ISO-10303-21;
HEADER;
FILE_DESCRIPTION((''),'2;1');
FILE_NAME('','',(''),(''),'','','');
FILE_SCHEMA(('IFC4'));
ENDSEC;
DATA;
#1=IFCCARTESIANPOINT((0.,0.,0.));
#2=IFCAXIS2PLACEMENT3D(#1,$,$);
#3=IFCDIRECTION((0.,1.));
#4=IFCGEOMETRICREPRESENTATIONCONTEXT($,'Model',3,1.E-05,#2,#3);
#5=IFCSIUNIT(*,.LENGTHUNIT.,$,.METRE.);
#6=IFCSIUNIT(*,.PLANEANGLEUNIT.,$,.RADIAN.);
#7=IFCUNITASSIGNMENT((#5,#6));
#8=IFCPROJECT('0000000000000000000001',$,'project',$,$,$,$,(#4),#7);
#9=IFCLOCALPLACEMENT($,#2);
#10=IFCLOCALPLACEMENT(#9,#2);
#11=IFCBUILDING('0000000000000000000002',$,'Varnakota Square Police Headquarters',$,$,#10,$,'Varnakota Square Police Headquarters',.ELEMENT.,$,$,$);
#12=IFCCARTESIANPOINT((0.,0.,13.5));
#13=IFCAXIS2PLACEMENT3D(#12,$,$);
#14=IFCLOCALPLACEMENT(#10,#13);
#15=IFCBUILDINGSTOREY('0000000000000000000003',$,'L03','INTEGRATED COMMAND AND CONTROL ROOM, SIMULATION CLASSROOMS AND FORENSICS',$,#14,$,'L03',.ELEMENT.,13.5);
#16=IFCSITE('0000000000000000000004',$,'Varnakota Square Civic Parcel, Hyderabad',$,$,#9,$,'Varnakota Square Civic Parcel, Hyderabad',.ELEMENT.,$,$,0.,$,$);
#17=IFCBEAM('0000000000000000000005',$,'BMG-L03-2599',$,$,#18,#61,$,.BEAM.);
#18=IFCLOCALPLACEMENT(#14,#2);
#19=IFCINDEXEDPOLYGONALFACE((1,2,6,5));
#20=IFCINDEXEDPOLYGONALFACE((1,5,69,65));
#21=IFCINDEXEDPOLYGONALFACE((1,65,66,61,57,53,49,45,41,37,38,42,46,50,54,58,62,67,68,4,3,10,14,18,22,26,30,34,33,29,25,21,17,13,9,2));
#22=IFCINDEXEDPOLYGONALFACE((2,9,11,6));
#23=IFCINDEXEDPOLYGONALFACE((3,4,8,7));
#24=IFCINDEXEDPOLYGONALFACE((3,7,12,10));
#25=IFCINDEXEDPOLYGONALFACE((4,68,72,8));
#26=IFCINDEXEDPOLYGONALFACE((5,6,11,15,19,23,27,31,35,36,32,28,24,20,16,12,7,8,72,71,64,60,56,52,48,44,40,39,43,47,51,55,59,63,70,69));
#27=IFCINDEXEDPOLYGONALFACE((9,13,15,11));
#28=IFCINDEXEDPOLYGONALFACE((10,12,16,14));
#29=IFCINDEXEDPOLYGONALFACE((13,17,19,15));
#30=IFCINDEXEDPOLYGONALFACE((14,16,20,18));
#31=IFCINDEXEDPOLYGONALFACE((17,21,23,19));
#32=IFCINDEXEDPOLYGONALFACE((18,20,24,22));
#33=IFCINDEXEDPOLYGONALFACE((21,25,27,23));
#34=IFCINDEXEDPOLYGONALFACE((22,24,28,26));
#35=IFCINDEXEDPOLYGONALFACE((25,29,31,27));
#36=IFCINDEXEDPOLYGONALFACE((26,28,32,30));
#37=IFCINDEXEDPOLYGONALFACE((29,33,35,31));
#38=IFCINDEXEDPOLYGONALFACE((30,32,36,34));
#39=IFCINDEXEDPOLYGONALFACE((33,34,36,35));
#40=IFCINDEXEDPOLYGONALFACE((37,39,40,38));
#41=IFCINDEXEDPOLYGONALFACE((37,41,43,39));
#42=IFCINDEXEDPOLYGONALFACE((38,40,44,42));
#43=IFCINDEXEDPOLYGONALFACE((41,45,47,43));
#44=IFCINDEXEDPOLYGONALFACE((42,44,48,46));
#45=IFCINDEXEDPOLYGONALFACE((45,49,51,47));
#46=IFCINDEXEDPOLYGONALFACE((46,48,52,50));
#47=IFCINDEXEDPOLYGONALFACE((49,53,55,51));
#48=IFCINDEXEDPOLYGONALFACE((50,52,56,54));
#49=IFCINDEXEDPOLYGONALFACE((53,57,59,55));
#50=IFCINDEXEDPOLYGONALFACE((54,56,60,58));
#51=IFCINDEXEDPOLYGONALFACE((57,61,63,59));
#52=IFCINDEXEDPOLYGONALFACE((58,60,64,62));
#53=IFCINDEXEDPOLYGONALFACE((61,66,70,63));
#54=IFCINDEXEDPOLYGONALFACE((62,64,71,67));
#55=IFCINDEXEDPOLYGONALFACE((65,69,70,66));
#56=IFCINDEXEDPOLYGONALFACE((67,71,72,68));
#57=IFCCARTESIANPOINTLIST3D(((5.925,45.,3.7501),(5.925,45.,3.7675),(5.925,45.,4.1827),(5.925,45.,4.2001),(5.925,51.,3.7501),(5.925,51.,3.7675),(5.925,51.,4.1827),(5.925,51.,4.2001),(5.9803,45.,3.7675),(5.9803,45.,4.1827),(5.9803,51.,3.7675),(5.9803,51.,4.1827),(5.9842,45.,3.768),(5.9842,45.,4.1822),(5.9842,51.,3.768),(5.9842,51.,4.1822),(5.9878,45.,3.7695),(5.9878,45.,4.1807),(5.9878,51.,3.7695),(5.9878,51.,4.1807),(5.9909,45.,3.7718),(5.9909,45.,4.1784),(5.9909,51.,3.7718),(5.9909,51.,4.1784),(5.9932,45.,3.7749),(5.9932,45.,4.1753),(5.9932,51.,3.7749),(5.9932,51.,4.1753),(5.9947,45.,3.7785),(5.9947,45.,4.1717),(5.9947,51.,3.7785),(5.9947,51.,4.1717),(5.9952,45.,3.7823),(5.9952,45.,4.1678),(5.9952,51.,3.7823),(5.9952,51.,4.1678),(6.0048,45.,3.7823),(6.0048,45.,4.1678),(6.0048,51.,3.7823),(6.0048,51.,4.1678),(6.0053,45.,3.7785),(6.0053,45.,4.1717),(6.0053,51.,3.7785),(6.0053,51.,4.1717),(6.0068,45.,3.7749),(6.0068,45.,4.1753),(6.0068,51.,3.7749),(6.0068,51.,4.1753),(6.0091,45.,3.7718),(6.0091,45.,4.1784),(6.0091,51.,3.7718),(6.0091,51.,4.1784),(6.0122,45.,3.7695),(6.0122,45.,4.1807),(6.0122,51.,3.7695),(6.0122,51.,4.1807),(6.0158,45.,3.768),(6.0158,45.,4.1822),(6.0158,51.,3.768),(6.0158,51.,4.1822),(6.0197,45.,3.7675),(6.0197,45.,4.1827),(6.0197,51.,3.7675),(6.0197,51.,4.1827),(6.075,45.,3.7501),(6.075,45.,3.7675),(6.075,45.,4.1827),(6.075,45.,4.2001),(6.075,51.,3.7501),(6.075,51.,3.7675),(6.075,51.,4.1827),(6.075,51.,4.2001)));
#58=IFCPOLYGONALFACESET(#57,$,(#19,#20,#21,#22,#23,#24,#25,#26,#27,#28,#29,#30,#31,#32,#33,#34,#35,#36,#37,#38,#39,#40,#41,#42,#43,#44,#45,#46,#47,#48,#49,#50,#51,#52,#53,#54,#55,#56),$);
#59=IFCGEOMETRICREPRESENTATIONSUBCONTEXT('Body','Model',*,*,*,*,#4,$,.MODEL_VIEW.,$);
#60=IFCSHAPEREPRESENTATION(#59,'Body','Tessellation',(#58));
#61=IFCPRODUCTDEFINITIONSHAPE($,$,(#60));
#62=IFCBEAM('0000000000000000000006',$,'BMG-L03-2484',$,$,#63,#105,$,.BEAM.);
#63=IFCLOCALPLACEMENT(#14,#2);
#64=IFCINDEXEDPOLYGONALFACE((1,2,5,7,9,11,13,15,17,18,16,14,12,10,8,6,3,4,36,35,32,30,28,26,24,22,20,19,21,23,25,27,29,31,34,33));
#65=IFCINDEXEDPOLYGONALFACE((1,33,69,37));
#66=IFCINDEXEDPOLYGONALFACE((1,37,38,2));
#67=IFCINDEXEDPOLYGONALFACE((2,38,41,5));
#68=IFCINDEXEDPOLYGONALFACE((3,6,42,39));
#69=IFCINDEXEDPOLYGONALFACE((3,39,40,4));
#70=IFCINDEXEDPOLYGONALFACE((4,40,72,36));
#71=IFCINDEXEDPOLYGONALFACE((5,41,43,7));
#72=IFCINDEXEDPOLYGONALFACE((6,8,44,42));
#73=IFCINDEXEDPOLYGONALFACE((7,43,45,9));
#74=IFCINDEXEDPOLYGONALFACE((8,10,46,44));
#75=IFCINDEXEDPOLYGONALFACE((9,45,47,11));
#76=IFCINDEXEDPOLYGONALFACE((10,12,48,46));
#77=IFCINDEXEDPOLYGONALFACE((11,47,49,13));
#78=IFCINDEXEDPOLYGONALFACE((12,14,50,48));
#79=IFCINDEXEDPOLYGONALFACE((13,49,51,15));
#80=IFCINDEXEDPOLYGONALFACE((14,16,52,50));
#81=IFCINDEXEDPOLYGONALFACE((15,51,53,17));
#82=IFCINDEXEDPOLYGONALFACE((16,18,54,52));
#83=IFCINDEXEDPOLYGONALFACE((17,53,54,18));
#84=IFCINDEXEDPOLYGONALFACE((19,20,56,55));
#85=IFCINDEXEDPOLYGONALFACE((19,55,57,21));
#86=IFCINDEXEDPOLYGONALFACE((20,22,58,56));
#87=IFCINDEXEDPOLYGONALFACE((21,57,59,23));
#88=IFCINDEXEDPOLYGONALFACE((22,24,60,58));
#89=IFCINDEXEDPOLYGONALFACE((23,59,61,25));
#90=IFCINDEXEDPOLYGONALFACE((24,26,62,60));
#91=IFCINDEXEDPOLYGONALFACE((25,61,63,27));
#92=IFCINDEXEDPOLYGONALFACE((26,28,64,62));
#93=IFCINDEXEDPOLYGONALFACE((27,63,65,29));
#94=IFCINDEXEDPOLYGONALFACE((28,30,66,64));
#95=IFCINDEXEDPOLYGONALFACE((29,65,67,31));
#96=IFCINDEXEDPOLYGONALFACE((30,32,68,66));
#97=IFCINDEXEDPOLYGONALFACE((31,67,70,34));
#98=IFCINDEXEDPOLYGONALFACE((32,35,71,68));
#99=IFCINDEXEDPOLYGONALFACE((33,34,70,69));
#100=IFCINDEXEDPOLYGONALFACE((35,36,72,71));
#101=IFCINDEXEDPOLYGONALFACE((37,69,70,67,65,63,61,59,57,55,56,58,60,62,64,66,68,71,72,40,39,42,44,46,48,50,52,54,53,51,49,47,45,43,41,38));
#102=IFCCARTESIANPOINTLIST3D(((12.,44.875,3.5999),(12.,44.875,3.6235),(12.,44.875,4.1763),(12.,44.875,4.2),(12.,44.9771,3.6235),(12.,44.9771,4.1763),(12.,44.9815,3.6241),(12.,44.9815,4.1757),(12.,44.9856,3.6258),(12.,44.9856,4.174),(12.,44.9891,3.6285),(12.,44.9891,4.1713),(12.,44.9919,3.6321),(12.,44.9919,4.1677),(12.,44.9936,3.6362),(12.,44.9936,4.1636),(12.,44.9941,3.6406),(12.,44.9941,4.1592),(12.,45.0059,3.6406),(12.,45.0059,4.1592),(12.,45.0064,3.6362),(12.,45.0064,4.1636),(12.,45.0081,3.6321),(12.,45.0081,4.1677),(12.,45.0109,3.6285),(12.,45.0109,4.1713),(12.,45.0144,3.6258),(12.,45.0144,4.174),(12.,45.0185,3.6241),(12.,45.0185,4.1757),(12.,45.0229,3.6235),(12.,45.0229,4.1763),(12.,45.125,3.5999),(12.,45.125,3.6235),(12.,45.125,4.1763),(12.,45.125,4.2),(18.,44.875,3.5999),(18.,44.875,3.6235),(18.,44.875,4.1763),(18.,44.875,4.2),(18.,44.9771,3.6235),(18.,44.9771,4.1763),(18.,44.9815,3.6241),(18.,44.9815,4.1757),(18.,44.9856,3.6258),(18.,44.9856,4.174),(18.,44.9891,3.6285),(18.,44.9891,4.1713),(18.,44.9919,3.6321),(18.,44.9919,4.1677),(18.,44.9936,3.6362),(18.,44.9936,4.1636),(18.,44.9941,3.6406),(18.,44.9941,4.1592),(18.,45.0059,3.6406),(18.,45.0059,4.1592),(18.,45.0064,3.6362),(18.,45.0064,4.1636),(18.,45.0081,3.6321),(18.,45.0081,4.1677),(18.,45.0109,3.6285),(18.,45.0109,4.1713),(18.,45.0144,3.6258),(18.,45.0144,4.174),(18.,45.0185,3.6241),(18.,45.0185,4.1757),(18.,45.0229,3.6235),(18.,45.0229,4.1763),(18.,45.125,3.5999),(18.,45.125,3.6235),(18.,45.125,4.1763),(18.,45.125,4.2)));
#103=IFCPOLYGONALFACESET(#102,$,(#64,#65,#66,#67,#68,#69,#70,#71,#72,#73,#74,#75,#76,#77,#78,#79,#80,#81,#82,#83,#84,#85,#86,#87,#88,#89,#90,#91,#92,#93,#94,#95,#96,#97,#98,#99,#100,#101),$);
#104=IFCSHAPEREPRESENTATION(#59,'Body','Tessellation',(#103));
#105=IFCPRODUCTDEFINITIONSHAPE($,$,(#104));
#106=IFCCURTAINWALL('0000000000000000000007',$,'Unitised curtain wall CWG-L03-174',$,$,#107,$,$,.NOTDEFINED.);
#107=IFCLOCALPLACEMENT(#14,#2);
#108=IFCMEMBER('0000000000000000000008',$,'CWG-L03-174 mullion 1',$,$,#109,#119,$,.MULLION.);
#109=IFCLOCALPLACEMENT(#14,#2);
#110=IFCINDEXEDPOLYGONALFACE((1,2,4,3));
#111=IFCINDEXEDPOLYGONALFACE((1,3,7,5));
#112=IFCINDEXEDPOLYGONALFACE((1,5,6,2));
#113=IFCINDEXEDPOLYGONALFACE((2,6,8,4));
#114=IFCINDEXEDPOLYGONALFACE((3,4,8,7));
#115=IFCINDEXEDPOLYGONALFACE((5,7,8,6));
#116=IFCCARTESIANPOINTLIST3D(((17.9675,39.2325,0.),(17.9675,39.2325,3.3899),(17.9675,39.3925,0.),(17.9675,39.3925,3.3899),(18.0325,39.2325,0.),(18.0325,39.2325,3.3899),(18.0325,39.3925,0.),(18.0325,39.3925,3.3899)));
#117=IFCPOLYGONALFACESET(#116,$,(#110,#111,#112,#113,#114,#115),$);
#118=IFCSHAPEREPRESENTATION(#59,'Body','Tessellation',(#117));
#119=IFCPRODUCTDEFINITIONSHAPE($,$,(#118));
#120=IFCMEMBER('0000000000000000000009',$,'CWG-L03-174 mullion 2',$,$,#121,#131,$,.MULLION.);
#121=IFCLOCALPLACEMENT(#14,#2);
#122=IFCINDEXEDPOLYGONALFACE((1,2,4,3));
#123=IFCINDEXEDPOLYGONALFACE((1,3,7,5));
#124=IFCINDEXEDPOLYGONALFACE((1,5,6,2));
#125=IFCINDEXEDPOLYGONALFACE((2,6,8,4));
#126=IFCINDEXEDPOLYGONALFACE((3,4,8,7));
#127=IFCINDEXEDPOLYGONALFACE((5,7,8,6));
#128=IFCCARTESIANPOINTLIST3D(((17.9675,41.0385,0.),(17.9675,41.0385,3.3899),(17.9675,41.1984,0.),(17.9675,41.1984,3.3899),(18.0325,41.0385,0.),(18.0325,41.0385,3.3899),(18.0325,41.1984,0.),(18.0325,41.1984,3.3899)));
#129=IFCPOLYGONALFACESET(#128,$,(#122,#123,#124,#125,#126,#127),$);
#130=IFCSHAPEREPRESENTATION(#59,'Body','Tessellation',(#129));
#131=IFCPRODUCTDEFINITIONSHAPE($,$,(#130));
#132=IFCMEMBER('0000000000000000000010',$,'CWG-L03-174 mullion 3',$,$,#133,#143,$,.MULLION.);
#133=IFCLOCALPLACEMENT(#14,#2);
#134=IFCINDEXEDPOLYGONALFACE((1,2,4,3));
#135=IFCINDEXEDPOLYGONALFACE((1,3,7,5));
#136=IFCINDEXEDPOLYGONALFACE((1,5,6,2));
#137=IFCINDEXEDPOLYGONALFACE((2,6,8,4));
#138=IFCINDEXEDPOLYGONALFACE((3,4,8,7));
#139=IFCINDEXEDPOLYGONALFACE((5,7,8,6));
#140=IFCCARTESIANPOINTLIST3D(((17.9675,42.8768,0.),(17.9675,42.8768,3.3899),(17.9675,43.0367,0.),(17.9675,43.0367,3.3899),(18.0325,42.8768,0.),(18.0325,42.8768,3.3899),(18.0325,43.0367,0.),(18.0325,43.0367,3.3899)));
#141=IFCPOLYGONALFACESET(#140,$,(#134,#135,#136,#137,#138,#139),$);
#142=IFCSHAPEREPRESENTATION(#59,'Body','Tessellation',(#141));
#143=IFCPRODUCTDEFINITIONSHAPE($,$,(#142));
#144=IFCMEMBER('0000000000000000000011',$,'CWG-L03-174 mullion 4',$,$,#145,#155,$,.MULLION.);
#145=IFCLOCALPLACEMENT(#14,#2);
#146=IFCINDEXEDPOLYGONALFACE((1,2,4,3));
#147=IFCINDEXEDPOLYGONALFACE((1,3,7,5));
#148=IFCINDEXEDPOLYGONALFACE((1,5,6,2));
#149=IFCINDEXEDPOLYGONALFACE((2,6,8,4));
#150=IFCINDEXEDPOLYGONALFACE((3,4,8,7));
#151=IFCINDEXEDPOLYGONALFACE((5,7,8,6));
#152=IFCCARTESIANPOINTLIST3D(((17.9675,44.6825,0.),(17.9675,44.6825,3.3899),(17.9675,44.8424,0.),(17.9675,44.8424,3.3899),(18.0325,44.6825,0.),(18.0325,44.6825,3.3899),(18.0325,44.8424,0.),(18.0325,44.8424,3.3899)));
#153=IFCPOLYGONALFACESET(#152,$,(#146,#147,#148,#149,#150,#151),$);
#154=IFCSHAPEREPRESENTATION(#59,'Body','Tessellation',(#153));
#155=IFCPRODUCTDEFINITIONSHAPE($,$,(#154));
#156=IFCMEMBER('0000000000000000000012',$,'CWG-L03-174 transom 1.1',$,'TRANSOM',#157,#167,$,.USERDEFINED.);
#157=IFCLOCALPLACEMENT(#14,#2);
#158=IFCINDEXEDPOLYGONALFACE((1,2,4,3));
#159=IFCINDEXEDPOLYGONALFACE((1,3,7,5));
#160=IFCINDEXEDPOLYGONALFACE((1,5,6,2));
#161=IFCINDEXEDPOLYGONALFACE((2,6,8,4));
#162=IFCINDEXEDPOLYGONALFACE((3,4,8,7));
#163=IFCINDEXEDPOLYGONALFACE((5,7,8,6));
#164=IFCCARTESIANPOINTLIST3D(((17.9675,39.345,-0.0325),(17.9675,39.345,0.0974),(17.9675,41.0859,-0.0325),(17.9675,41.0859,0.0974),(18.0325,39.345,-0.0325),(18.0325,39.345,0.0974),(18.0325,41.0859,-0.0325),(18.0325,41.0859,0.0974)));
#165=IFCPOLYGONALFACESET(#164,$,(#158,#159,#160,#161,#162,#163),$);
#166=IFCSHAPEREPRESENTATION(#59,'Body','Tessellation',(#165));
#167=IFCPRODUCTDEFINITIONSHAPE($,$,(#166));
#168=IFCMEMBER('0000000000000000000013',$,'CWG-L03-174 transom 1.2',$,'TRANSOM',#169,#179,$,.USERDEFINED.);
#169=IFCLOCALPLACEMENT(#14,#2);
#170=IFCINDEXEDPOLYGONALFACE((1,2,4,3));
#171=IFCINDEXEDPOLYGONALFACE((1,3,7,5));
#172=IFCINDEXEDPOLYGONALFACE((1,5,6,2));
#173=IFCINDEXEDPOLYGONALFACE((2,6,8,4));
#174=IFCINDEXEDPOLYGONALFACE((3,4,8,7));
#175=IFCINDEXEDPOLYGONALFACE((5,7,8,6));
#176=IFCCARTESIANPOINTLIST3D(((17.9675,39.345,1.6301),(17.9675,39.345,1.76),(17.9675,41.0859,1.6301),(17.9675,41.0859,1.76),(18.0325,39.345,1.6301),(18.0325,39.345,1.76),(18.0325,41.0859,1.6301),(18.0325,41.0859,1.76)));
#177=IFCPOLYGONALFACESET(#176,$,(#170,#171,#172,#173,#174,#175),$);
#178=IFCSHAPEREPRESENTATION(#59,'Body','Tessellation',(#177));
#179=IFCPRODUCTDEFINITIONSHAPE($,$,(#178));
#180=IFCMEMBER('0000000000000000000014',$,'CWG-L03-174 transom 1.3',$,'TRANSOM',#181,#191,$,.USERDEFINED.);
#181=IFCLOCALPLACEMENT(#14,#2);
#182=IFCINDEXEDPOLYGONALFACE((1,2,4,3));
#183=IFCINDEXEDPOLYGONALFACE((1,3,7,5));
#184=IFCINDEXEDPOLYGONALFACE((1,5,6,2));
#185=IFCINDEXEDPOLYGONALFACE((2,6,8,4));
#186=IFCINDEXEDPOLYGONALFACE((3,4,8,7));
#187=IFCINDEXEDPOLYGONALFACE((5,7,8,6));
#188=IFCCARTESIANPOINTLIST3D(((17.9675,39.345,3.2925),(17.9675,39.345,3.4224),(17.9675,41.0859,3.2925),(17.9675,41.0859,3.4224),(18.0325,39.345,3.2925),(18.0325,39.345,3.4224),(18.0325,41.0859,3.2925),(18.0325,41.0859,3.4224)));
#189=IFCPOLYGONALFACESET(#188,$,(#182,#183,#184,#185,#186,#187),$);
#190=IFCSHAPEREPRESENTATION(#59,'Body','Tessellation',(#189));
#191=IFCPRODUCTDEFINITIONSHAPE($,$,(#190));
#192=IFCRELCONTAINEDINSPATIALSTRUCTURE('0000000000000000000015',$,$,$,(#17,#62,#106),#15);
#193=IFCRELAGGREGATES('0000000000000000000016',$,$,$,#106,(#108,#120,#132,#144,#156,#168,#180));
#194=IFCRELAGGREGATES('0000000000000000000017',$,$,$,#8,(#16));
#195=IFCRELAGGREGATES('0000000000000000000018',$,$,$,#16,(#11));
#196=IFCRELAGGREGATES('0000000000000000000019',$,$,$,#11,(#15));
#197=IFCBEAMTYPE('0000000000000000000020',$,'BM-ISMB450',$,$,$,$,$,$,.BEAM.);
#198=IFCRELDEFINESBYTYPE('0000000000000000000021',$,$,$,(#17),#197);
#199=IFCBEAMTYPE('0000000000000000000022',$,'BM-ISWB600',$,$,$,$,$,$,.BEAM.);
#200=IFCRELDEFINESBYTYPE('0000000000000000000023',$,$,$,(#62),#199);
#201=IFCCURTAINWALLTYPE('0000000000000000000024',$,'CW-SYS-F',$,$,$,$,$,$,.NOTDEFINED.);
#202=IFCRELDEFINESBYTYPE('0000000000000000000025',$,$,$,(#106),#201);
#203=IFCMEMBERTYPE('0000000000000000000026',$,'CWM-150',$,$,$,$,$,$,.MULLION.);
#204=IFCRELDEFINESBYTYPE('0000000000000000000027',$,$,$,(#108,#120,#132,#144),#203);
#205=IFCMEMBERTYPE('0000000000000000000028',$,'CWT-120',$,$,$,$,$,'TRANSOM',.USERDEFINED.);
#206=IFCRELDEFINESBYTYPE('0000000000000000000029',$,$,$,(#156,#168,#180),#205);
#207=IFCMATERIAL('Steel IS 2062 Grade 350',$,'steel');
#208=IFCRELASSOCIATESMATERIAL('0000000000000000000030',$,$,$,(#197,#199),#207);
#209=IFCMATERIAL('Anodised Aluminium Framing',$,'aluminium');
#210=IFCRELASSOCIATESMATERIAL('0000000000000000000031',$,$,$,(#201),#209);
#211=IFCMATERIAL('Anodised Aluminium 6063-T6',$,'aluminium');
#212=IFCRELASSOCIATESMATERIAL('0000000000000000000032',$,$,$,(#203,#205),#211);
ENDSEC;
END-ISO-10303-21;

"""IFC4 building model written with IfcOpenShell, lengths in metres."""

from ifc_helpers import new_model, si_unit, direction, frame, origin, origin_2d, place, context, subcontext, project, spatial, rectangle, i_section, extrude, material, material_profile, profile_set, type_object, element, aggregate, save


model = new_model("IFC4")

# Units and contexts
model_context = context("Model", 3, precision=1e-05, world=origin(), true_north=direction((0.0, 1.0)))
body_context = subcontext(model_context, "Body", "Model", "MODEL_VIEW")
ifc_project = project(units=[si_unit("LENGTHUNIT", "METRE"), si_unit("PLANEANGLEUNIT", "RADIAN")], contexts=[model_context])

# Site, building, storey
site_placement = place(None, origin())
site = spatial("IfcSite", under=ifc_project, at=site_placement, Name="Varnakota Square Civic Parcel, Hyderabad", LongName="Varnakota Square Civic Parcel, Hyderabad", CompositionType="ELEMENT", RefElevation=0.0)
building_placement = place(site_placement, origin())
building = spatial("IfcBuilding", under=site, at=building_placement, Name="Varnakota Square Police Headquarters", LongName="Varnakota Square Police Headquarters", CompositionType="ELEMENT")
storey_placement = place(building_placement, frame((0.0, 0.0, 13.5)))
storey = spatial("IfcBuildingStorey", under=building, at=storey_placement, Name="L03", Description="INTEGRATED COMMAND AND CONTROL ROOM, SIMULATION CLASSROOMS AND FORENSICS", LongName="L03", CompositionType="ELEMENT", Elevation=13.5)

# Shared definitions
ifc_material_1 = material(Name="Steel IS 2062 Grade 350", Category="steel")

# Beams
ifc_material_profile_1 = material_profile(ifc_material_1, i_section(OverallWidth=0.1499, OverallDepth=0.45, WebThickness=0.0095, FlangeThickness=0.0173, FilletRadius=0.0149, at=origin_2d()), Name="ISMB 450")
ifc_profile_set_1 = profile_set([ifc_material_profile_1], Name="Steel IS 2062 Grade 350")
beam_type_1 = type_object("IfcBeamType", Name="BM-ISMB450", PredefinedType="BEAM", material=ifc_profile_set_1)
beam_1_placement = place(storey_placement, frame((6.0, 45.0, 3.9751), z_axis=(0.0, 1.0, 0.0), x_axis=(-1.0, 0.0, 0.0)))
element("IfcBeam", 1, at=beam_1_placement, inside=storey, type_object=beam_type_1, Name="BMG-L03-2599", PredefinedType="BEAM", context=body_context, shape_type="SweptSolid", body=[
    extrude(i_section(OverallWidth=0.1499, OverallDepth=0.45, WebThickness=0.0095, FlangeThickness=0.0173, FilletRadius=0.0149, at=origin_2d()), origin(), (0.0, 0.0, 1.0), 6.0),
])
ifc_material_profile_2 = material_profile(ifc_material_1, i_section(OverallWidth=0.25, OverallDepth=0.6001, WebThickness=0.0117, FlangeThickness=0.0237, FilletRadius=0.0171, at=origin_2d()), Name="ISWB 600")
ifc_profile_set_2 = profile_set([ifc_material_profile_2], Name="Steel IS 2062 Grade 350")
beam_type_2 = type_object("IfcBeamType", Name="BM-ISWB600", PredefinedType="BEAM", material=ifc_profile_set_2)
beam_2_placement = place(storey_placement, frame((12.0, 45.0, 3.8999), z_axis=(1.0, 0.0, 0.0), x_axis=(0.0, 1.0, 0.0)))
element("IfcBeam", 2, at=beam_2_placement, inside=storey, type_object=beam_type_2, Name="BMG-L03-2484", PredefinedType="BEAM", context=body_context, shape_type="SweptSolid", body=[
    extrude(i_section(OverallWidth=0.25, OverallDepth=0.6001, WebThickness=0.0117, FlangeThickness=0.0237, FilletRadius=0.0171, at=origin_2d()), origin(), (0.0, 0.0, 1.0), 6.0),
])

# Curtain wall, members
ifc_material_2 = material(Name="Anodised Aluminium Framing", Category="aluminium")
curtain_wall_type = type_object("IfcCurtainWallType", Name="CW-SYS-F", PredefinedType="NOTDEFINED", material=ifc_material_2)
curtain_wall_placement = place(storey_placement, origin())
curtain_wall = element("IfcCurtainWall", 3, at=curtain_wall_placement, inside=storey, type_object=curtain_wall_type, Name="Unitised curtain wall CWG-L03-174", PredefinedType="NOTDEFINED")
ifc_material_3 = material(Name="Anodised Aluminium 6063-T6", Category="aluminium")
ifc_material_profile_3 = material_profile(ifc_material_3, rectangle(XDim=0.0649, YDim=0.1599, at=origin_2d()), Name="ALU MULLION 65x160")
ifc_profile_set_3 = profile_set([ifc_material_profile_3], Name="Anodised Aluminium 6063-T6")
member_type_1 = type_object("IfcMemberType", Name="CWM-150", PredefinedType="MULLION", material=ifc_profile_set_3)
member_1_placement = place(storey_placement, frame((18.0, 39.3125, 0.0), z_axis=(0.0, 0.0, 1.0), x_axis=(-1.0, 0.0, 0.0)))
member_1 = element("IfcMember", 4, at=member_1_placement, type_object=member_type_1, Name="CWG-L03-174 mullion 1", PredefinedType="MULLION", context=body_context, shape_type="SweptSolid", body=[
    extrude(rectangle(XDim=0.0649, YDim=0.1599, at=origin_2d()), origin(), (0.0, 0.0, 1.0), 3.3899),
])
member_2_placement = place(storey_placement, frame((18.0, 41.1184, 0.0), z_axis=(0.0, 0.0, 1.0), x_axis=(-1.0, 0.0, 0.0)))
member_2 = element("IfcMember", 5, at=member_2_placement, type_object=member_type_1, Name="CWG-L03-174 mullion 2", PredefinedType="MULLION", context=body_context, shape_type="SweptSolid", body=[
    extrude(rectangle(XDim=0.0649, YDim=0.1599, at=origin_2d()), origin(), (0.0, 0.0, 1.0), 3.3899),
])
member_3_placement = place(storey_placement, frame((18.0, 42.9568, 0.0), z_axis=(0.0, 0.0, 1.0), x_axis=(-1.0, 0.0, 0.0)))
member_3 = element("IfcMember", 6, at=member_3_placement, type_object=member_type_1, Name="CWG-L03-174 mullion 3", PredefinedType="MULLION", context=body_context, shape_type="SweptSolid", body=[
    extrude(rectangle(XDim=0.0649, YDim=0.1599, at=origin_2d()), origin(), (0.0, 0.0, 1.0), 3.3899),
])
member_4_placement = place(storey_placement, frame((18.0, 44.7625, 0.0), z_axis=(0.0, 0.0, 1.0), x_axis=(-1.0, 0.0, 0.0)))
member_4 = element("IfcMember", 7, at=member_4_placement, type_object=member_type_1, Name="CWG-L03-174 mullion 4", PredefinedType="MULLION", context=body_context, shape_type="SweptSolid", body=[
    extrude(rectangle(XDim=0.0649, YDim=0.1599, at=origin_2d()), origin(), (0.0, 0.0, 1.0), 3.3899),
])
ifc_material_profile_4 = material_profile(ifc_material_3, rectangle(XDim=0.0649, YDim=0.1299, at=origin_2d()), Name="ALU TRANSOM 65x130")
ifc_profile_set_4 = profile_set([ifc_material_profile_4], Name="Anodised Aluminium 6063-T6")
member_type_2 = type_object("IfcMemberType", Name="CWT-120", ElementType="TRANSOM", PredefinedType="USERDEFINED", material=ifc_profile_set_4)
member_5_placement = place(storey_placement, frame((18.0, 39.345, 0.0325), z_axis=(0.0, 1.0, 0.0), x_axis=(-1.0, 0.0, 0.0)))
member_5 = element("IfcMember", 8, at=member_5_placement, type_object=member_type_2, Name="CWG-L03-174 transom 1.1", ObjectType="TRANSOM", PredefinedType="USERDEFINED", context=body_context, shape_type="SweptSolid", body=[
    extrude(rectangle(XDim=0.0649, YDim=0.1299, at=origin_2d()), origin(), (0.0, 0.0, 1.0), 1.741),
])
member_6_placement = place(storey_placement, frame((18.0, 39.345, 1.6951), z_axis=(0.0, 1.0, 0.0), x_axis=(-1.0, 0.0, 0.0)))
member_6 = element("IfcMember", 9, at=member_6_placement, type_object=member_type_2, Name="CWG-L03-174 transom 1.2", ObjectType="TRANSOM", PredefinedType="USERDEFINED", context=body_context, shape_type="SweptSolid", body=[
    extrude(rectangle(XDim=0.0649, YDim=0.1299, at=origin_2d()), origin(), (0.0, 0.0, 1.0), 1.741),
])
member_7_placement = place(storey_placement, frame((18.0, 39.345, 3.3574), z_axis=(0.0, 1.0, 0.0), x_axis=(-1.0, 0.0, 0.0)))
member_7 = element("IfcMember", 10, at=member_7_placement, type_object=member_type_2, Name="CWG-L03-174 transom 1.3", ObjectType="TRANSOM", PredefinedType="USERDEFINED", context=body_context, shape_type="SweptSolid", body=[
    extrude(rectangle(XDim=0.0649, YDim=0.1299, at=origin_2d()), origin(), (0.0, 0.0, 1.0), 1.741),
])
aggregate(curtain_wall, [member_1, member_2, member_3, member_4, member_5, member_6, member_7])

save(model, "model.ifc")
